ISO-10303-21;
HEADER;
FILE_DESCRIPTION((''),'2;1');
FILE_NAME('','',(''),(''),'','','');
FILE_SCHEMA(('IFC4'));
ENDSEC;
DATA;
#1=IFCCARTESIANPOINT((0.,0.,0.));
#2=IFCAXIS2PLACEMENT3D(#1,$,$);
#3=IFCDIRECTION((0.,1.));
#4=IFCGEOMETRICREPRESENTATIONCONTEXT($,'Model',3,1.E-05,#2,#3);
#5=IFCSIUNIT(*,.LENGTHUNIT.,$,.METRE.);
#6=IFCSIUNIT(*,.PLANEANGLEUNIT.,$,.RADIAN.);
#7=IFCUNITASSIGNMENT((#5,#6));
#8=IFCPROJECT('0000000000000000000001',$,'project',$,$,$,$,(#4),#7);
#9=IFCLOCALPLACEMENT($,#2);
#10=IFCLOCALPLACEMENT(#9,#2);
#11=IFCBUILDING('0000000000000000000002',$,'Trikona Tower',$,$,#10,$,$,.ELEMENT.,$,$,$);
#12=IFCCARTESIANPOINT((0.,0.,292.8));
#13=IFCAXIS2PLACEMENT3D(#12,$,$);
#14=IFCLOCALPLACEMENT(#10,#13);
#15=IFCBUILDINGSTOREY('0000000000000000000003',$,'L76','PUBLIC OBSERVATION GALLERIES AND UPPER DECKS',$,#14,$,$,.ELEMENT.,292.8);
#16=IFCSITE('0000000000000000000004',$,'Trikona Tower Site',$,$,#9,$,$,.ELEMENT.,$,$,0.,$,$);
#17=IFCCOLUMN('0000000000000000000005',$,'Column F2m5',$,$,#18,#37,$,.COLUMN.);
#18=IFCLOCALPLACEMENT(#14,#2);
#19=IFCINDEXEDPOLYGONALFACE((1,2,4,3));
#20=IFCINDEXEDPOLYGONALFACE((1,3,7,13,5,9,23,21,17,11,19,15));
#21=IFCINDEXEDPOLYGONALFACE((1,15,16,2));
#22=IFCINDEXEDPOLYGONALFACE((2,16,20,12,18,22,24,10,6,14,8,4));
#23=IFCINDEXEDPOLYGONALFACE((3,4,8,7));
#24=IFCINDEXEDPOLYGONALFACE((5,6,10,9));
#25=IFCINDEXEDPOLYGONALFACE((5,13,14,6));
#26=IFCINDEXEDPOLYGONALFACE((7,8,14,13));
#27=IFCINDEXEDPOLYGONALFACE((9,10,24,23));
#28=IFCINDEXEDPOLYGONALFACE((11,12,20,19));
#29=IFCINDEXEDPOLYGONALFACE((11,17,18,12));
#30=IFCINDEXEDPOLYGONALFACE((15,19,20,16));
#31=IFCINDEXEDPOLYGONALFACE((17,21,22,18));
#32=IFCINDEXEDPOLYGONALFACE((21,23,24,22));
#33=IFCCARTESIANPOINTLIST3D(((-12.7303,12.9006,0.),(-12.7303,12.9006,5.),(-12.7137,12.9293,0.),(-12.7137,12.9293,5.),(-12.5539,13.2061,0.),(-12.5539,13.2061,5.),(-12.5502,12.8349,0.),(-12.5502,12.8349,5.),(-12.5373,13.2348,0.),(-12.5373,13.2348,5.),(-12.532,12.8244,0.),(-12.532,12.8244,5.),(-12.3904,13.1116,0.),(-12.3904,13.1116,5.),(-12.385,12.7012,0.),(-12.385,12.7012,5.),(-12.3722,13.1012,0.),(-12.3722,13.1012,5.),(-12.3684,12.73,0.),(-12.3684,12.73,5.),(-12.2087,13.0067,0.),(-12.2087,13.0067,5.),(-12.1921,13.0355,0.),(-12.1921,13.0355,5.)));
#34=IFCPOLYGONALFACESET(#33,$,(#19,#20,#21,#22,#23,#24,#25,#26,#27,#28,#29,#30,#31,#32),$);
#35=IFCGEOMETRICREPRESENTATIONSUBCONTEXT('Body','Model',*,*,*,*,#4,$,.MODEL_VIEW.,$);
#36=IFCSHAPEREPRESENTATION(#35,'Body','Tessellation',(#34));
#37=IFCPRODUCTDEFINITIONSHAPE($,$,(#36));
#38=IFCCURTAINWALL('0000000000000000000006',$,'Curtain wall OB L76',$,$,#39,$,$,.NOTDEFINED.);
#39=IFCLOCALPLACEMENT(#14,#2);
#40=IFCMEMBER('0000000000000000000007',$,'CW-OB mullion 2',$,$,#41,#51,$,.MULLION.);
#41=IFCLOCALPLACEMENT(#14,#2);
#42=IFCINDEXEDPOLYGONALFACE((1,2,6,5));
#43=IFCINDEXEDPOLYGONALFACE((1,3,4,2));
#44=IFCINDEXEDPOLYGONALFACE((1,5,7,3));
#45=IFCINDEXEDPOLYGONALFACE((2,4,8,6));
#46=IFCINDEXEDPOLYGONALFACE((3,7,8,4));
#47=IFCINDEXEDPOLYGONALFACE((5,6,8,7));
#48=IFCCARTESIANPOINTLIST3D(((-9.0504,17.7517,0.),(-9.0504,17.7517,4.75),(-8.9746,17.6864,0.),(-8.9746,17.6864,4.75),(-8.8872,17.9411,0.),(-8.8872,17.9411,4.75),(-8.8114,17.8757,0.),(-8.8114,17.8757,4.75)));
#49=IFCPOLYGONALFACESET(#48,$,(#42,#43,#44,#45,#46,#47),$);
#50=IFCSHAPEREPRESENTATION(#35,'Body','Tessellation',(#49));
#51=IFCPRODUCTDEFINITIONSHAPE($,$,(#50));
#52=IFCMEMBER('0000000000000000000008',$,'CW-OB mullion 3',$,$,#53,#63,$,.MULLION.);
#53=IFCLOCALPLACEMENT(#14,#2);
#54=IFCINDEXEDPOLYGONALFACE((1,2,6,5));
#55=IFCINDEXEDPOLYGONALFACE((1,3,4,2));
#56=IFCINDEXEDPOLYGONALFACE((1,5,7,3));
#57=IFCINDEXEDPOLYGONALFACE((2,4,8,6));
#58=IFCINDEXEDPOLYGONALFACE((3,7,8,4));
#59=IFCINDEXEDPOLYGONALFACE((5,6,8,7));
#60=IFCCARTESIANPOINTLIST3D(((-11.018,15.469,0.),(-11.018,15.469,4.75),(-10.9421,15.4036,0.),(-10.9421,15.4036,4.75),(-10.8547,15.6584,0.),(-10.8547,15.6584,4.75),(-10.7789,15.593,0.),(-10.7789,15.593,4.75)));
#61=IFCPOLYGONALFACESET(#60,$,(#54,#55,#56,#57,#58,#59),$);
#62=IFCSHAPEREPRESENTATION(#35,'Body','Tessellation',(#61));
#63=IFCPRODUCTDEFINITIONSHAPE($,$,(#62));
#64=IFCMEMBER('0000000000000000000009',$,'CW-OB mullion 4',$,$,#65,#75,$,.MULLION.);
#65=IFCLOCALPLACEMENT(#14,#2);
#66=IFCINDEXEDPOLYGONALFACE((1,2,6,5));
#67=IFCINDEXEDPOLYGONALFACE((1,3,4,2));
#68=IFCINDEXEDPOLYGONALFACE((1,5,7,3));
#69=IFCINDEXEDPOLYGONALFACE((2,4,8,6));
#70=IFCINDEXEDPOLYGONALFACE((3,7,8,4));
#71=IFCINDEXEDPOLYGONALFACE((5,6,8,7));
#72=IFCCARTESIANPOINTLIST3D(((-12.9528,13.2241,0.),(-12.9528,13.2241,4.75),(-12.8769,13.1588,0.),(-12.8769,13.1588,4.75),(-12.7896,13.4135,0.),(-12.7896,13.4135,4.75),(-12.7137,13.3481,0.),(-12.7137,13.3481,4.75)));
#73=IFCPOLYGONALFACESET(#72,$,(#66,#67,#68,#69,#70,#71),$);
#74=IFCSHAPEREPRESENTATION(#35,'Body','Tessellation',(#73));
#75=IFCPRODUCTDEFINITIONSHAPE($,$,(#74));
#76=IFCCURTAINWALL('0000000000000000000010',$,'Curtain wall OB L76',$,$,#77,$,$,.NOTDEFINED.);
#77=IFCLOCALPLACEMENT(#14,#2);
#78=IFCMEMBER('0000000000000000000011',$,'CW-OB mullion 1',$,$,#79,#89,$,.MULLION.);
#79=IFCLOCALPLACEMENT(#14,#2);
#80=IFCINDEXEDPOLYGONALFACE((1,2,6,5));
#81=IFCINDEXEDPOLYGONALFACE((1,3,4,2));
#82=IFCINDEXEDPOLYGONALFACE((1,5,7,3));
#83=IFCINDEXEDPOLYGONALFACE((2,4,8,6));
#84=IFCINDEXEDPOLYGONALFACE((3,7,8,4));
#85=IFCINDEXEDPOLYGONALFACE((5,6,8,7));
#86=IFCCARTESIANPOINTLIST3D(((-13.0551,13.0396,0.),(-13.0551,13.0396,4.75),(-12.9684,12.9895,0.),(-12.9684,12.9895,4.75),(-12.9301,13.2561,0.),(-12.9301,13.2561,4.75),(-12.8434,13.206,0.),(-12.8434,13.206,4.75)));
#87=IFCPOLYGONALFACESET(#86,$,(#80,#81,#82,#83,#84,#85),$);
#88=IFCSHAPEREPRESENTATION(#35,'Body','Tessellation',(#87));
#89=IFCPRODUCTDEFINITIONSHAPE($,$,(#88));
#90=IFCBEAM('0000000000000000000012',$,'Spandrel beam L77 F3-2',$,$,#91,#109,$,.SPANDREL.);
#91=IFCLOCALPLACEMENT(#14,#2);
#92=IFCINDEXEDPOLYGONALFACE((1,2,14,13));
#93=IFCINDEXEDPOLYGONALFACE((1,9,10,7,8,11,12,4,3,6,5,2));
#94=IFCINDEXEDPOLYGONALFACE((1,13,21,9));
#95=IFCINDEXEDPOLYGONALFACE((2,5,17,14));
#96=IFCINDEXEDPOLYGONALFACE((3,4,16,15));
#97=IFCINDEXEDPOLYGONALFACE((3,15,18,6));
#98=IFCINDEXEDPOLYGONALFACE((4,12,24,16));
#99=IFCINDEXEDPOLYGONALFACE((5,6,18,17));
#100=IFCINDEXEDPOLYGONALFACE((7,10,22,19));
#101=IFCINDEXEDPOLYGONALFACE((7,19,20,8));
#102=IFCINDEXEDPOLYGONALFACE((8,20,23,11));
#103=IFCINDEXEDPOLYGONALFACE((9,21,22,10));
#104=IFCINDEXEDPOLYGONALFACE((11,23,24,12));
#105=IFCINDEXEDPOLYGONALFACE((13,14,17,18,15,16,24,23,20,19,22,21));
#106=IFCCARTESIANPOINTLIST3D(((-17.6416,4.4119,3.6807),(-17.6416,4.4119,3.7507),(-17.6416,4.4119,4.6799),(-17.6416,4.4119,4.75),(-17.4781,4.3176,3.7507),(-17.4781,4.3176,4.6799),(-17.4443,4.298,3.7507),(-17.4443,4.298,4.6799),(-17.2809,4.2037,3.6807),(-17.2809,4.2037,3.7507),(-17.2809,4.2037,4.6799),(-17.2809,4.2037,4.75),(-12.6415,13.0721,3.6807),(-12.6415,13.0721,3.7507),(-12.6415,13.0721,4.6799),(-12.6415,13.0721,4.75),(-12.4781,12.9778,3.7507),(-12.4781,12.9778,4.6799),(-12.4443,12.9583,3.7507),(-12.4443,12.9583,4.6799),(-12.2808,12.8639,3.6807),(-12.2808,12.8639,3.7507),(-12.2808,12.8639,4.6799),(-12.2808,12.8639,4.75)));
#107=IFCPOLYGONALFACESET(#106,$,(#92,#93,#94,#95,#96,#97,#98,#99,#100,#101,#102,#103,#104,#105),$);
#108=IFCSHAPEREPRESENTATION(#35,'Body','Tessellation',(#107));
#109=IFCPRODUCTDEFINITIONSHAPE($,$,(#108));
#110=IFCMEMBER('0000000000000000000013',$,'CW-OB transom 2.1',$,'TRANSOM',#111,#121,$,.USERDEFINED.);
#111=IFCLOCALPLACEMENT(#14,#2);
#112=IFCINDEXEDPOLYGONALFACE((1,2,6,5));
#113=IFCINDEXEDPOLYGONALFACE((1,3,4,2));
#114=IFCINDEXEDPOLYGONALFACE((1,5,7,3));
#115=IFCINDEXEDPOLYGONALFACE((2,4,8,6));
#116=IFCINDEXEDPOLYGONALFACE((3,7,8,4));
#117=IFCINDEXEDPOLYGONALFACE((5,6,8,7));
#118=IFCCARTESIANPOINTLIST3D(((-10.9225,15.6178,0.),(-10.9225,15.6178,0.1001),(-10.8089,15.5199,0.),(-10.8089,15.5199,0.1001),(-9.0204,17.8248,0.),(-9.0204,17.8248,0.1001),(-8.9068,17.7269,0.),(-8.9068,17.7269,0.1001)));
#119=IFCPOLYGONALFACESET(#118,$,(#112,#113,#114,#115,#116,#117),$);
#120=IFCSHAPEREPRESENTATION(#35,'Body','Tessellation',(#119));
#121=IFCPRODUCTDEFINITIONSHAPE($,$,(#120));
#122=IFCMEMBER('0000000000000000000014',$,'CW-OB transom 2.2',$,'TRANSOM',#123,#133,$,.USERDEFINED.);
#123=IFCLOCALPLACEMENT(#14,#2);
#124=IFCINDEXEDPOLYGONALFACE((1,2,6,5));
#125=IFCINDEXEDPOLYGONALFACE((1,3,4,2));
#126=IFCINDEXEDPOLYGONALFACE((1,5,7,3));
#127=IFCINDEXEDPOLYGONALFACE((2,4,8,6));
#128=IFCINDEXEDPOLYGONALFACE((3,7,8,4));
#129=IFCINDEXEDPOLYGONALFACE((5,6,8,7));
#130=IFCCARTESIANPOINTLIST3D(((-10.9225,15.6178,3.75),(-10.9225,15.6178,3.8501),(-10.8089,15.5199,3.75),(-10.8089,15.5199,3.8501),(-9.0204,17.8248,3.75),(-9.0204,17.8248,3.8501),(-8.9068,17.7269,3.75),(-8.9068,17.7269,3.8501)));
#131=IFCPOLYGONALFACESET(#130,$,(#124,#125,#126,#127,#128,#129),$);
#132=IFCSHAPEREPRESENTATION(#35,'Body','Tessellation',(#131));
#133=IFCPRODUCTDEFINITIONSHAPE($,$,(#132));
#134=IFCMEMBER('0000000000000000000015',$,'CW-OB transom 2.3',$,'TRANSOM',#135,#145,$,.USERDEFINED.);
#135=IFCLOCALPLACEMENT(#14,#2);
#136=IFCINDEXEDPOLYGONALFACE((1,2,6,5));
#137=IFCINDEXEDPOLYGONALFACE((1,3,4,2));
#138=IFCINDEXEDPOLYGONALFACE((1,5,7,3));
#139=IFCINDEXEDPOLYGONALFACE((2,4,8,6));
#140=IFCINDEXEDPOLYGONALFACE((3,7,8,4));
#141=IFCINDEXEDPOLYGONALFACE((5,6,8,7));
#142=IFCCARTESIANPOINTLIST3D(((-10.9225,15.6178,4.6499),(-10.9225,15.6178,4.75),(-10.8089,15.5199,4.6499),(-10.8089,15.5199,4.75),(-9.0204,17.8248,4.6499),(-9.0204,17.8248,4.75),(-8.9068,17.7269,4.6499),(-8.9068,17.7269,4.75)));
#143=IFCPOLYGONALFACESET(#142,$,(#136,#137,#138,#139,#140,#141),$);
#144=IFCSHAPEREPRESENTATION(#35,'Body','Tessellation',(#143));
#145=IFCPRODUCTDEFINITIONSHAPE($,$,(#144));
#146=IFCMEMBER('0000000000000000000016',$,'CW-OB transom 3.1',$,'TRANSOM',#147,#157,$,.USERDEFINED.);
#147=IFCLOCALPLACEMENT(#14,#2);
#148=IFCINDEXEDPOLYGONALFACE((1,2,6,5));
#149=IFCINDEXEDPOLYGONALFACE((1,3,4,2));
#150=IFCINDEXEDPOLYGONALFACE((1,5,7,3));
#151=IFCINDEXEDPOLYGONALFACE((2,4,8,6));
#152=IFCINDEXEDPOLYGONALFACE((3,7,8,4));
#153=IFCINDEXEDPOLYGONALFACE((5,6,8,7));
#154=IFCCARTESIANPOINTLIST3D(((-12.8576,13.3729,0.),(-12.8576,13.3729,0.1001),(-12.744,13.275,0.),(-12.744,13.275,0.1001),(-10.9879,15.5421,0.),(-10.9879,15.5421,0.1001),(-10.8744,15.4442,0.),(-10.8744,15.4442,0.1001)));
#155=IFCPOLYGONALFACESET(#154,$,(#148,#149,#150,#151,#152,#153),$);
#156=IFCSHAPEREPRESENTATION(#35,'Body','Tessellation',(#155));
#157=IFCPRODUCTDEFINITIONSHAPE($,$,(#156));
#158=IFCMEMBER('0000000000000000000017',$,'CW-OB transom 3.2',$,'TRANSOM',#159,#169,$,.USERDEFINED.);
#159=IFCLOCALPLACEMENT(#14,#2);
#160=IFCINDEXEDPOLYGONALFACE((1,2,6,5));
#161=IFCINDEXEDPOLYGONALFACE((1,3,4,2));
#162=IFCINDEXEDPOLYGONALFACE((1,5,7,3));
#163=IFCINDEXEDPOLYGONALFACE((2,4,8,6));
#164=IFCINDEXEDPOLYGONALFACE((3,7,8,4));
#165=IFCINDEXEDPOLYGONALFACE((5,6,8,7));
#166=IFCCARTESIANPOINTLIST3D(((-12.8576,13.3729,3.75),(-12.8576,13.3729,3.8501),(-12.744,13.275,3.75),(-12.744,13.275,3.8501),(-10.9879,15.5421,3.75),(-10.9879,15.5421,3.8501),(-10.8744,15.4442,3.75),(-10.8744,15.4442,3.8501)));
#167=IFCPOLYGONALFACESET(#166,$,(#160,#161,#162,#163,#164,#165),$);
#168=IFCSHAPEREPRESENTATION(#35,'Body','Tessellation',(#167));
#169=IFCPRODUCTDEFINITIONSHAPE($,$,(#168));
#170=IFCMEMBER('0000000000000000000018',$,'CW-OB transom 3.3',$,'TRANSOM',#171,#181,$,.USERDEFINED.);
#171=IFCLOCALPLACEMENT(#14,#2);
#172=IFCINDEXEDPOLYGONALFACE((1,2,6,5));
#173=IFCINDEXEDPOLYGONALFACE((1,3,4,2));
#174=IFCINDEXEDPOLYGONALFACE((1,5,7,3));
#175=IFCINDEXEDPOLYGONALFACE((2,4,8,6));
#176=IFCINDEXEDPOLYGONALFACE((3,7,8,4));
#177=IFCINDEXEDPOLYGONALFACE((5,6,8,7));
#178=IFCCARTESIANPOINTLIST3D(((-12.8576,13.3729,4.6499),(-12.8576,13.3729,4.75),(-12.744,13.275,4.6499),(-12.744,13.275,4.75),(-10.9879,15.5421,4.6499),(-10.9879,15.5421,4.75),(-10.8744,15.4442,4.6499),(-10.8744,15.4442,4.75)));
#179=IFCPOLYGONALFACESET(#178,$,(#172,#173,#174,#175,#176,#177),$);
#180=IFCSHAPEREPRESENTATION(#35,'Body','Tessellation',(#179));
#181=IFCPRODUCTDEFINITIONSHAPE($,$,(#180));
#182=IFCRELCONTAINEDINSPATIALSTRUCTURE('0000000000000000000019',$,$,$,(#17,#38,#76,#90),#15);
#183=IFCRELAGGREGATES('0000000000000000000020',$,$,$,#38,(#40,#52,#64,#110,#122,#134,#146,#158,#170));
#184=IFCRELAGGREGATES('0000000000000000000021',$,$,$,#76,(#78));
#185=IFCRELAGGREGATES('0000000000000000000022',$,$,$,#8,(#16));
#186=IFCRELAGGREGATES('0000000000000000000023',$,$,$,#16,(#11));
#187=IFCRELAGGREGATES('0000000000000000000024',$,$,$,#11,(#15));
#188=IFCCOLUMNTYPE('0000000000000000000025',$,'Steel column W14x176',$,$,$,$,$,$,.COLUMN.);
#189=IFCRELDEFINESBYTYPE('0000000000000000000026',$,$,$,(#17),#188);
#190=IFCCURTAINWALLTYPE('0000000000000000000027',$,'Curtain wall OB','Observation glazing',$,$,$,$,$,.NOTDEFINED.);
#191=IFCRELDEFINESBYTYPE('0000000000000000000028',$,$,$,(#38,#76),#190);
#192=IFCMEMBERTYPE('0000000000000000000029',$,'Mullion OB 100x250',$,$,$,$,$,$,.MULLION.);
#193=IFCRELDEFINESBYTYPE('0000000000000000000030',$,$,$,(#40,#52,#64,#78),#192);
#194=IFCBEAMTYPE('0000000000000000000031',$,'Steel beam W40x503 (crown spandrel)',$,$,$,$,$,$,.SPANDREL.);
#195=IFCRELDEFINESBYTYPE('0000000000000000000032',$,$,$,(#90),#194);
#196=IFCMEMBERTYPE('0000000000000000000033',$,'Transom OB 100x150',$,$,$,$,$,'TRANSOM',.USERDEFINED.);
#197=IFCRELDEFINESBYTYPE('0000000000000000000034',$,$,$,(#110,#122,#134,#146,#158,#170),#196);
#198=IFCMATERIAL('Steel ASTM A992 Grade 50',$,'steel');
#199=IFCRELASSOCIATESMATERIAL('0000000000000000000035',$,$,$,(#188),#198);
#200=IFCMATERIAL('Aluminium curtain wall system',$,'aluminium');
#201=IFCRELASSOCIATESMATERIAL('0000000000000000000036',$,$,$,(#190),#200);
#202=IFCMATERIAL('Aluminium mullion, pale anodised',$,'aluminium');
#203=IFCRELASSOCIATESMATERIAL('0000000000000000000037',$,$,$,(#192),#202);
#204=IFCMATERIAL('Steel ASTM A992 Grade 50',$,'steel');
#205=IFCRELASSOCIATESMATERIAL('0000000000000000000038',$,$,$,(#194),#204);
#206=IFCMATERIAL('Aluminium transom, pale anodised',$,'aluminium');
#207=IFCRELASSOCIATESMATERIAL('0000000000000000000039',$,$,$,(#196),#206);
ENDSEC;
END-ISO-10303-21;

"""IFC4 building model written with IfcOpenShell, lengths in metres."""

from ifc_helpers import new_model, si_unit, direction, frame, origin, origin_2d, place, context, subcontext, project, spatial, rectangle, i_section, extrude, material, material_profile, profile_set, type_object, element, aggregate, save


model = new_model("IFC4")

# Units and contexts
model_context = context("Model", 3, precision=1e-05, world=origin(), true_north=direction((0.0, 1.0)))
body_context = subcontext(model_context, "Body", "Model", "MODEL_VIEW")
ifc_project = project(units=[si_unit("LENGTHUNIT", "METRE"), si_unit("PLANEANGLEUNIT", "RADIAN")], contexts=[model_context])

# Site, building, storey
site_placement = place(None, origin())
site = spatial("IfcSite", under=ifc_project, at=site_placement, Name="Trikona Tower Site", CompositionType="ELEMENT", RefElevation=0.0)
building_placement = place(site_placement, origin())
building = spatial("IfcBuilding", under=site, at=building_placement, Name="Trikona Tower", CompositionType="ELEMENT")
storey_placement = place(building_placement, frame((0.0, 0.0, 292.8)))
storey = spatial("IfcBuildingStorey", under=building, at=storey_placement, Name="L76", Description="PUBLIC OBSERVATION GALLERIES AND UPPER DECKS", CompositionType="ELEMENT", Elevation=292.8)

# Column
ifc_material_1 = material(Name="Steel ASTM A992 Grade 50", Category="steel")
ifc_material_profile_1 = material_profile(ifc_material_1, i_section(OverallWidth=0.3987, OverallDepth=0.386, WebThickness=0.021, FlangeThickness=0.0332, at=origin_2d()), Name="W14X176")
ifc_profile_set_1 = profile_set([ifc_material_profile_1], Name="Steel ASTM A992 Grade 50")
column_type = type_object("IfcColumnType", Name="Steel column W14x176", PredefinedType="COLUMN", material=ifc_profile_set_1)
column_placement = place(storey_placement, frame((-12.4612, 12.968, 0.0), z_axis=(0.0, 0.0, 1.0), x_axis=(-0.866025, 0.5, 0.0)))
element("IfcColumn", 1, at=column_placement, inside=storey, type_object=column_type, Name="Column F2m5", PredefinedType="COLUMN", context=body_context, shape_type="SweptSolid", body=[
    extrude(i_section(OverallWidth=0.3987, OverallDepth=0.386, WebThickness=0.021, FlangeThickness=0.0332, at=origin_2d()), origin(), (0.0, 0.0, 1.0), 5.0),
])

# Curtain wall, members
ifc_material_2 = material(Name="Aluminium curtain wall system", Category="aluminium")
curtain_wall_type = type_object("IfcCurtainWallType", Name="Curtain wall OB", Description="Observation glazing", PredefinedType="NOTDEFINED", material=ifc_material_2)
curtain_wall_1_placement = place(storey_placement, origin())
curtain_wall_1 = element("IfcCurtainWall", 2, at=curtain_wall_1_placement, inside=storey, type_object=curtain_wall_type, Name="Curtain wall OB L76", PredefinedType="NOTDEFINED")
ifc_material_3 = material(Name="Aluminium mullion, pale anodised", Category="aluminium")
ifc_material_profile_2 = material_profile(ifc_material_3, rectangle(XDim=0.1001, YDim=0.25, at=origin_2d()), Name="MUL-OB")
ifc_profile_set_2 = profile_set([ifc_material_profile_2], Name="Aluminium mullion, pale anodised")
member_type_1 = type_object("IfcMemberType", Name="Mullion OB 100x250", PredefinedType="MULLION", material=ifc_profile_set_2)
member_1_placement = place(storey_placement, frame((-8.9309, 17.8137, 0.0), z_axis=(0.0, 0.0, 1.0), x_axis=(0.757475, -0.652864, 0.0)))
member_1 = element("IfcMember", 3, at=member_1_placement, type_object=member_type_1, Name="CW-OB mullion 2", PredefinedType="MULLION", context=body_context, shape_type="SweptSolid", body=[
    extrude(rectangle(XDim=0.1001, YDim=0.25, at=origin_2d()), origin(), (0.0, 0.0, 1.0), 4.75),
])
member_2_placement = place(storey_placement, frame((-10.8984, 15.531, 0.0), z_axis=(0.0, 0.0, 1.0), x_axis=(0.757475, -0.652864, 0.0)))
member_2 = element("IfcMember", 4, at=member_2_placement, type_object=member_type_1, Name="CW-OB mullion 3", PredefinedType="MULLION", context=body_context, shape_type="SweptSolid", body=[
    extrude(rectangle(XDim=0.1001, YDim=0.25, at=origin_2d()), origin(), (0.0, 0.0, 1.0), 4.75),
])
member_3_placement = place(storey_placement, frame((-12.8333, 13.2861, 0.0), z_axis=(0.0, 0.0, 1.0), x_axis=(0.757475, -0.652864, 0.0)))
member_3 = element("IfcMember", 5, at=member_3_placement, type_object=member_type_1, Name="CW-OB mullion 4", PredefinedType="MULLION", context=body_context, shape_type="SweptSolid", body=[
    extrude(rectangle(XDim=0.1001, YDim=0.25, at=origin_2d()), origin(), (0.0, 0.0, 1.0), 4.75),
])

# Curtain wall, member
curtain_wall_2_placement = place(storey_placement, origin())
curtain_wall_2 = element("IfcCurtainWall", 6, at=curtain_wall_2_placement, inside=storey, type_object=curtain_wall_type, Name="Curtain wall OB L76", PredefinedType="NOTDEFINED")
member_4_placement = place(storey_placement, frame((-12.9492, 13.1228, 0.0), z_axis=(0.0, 0.0, 1.0), x_axis=(0.866022, -0.500006, 0.0)))
member_4 = element("IfcMember", 7, at=member_4_placement, type_object=member_type_1, Name="CW-OB mullion 1", PredefinedType="MULLION", context=body_context, shape_type="SweptSolid", body=[
    extrude(rectangle(XDim=0.1001, YDim=0.25, at=origin_2d()), origin(), (0.0, 0.0, 1.0), 4.75),
])

# Beam
ifc_material_4 = material(Name="Steel ASTM A992 Grade 50", Category="steel")
ifc_material_profile_3 = material_profile(ifc_material_4, i_section(OverallWidth=0.4165, OverallDepth=1.0693, WebThickness=0.0391, FlangeThickness=0.0701, at=origin_2d()), Name="W40X503")
ifc_profile_set_3 = profile_set([ifc_material_profile_3], Name="Steel ASTM A992 Grade 50")
beam_type = type_object("IfcBeamType", Name="Steel beam W40x503 (crown spandrel)", PredefinedType="SPANDREL", material=ifc_profile_set_3)
beam_placement = place(storey_placement, frame((-12.4612, 12.968, 4.2153), z_axis=(-0.500004, -0.866023, 0.0), x_axis=(0.866023, -0.500004, 0.0)))
element("IfcBeam", 8, at=beam_placement, inside=storey, type_object=beam_type, Name="Spandrel beam L77 F3-2", PredefinedType="SPANDREL", context=body_context, shape_type="SweptSolid", body=[
    extrude(i_section(OverallWidth=0.4165, OverallDepth=1.0693, WebThickness=0.0391, FlangeThickness=0.0701, at=origin_2d()), origin(), (0.0, 0.0, 1.0), 10.0),
])

# Members
ifc_material_5 = material(Name="Aluminium transom, pale anodised", Category="aluminium")
ifc_material_profile_4 = material_profile(ifc_material_5, rectangle(XDim=0.1499, YDim=0.1001, at=origin_2d()), Name="TRN-OB")
ifc_profile_set_4 = profile_set([ifc_material_profile_4], Name="Aluminium transom, pale anodised")
member_type_2 = type_object("IfcMemberType", Name="Transom OB 100x150", ElementType="TRANSOM", PredefinedType="USERDEFINED", material=ifc_profile_set_4)
member_5_placement = place(storey_placement, frame((-8.9636, 17.7759, 0.05), z_axis=(-0.652839, -0.757497, 0.0), x_axis=(0.757497, -0.652839, 0.0)))
member_5 = element("IfcMember", 9, at=member_5_placement, type_object=member_type_2, Name="CW-OB transom 2.1", ObjectType="TRANSOM", PredefinedType="USERDEFINED", context=body_context, shape_type="SweptSolid", body=[
    extrude(rectangle(XDim=0.1499, YDim=0.1001, at=origin_2d()), origin(), (0.0, 0.0, 1.0), 2.9136),
])
member_6_placement = place(storey_placement, frame((-8.9636, 17.7759, 3.8), z_axis=(-0.652839, -0.757497, 0.0), x_axis=(0.757497, -0.652839, 0.0)))
member_6 = element("IfcMember", 10, at=member_6_placement, type_object=member_type_2, Name="CW-OB transom 2.2", ObjectType="TRANSOM", PredefinedType="USERDEFINED", context=body_context, shape_type="SweptSolid", body=[
    extrude(rectangle(XDim=0.1499, YDim=0.1001, at=origin_2d()), origin(), (0.0, 0.0, 1.0), 2.9136),
])
member_7_placement = place(storey_placement, frame((-8.9636, 17.7759, 4.7), z_axis=(-0.652839, -0.757497, 0.0), x_axis=(0.757497, -0.652839, 0.0)))
member_7 = element("IfcMember", 11, at=member_7_placement, type_object=member_type_2, Name="CW-OB transom 2.3", ObjectType="TRANSOM", PredefinedType="USERDEFINED", context=body_context, shape_type="SweptSolid", body=[
    extrude(rectangle(XDim=0.1499, YDim=0.1001, at=origin_2d()), origin(), (0.0, 0.0, 1.0), 2.9136),
])
member_8_placement = place(storey_placement, frame((-10.9312, 15.4932, 0.05), z_axis=(-0.652867, -0.757472, 0.0), x_axis=(0.757472, -0.652867, 0.0)))
member_8 = element("IfcMember", 12, at=member_8_placement, type_object=member_type_2, Name="CW-OB transom 3.1", ObjectType="TRANSOM", PredefinedType="USERDEFINED", context=body_context, shape_type="SweptSolid", body=[
    extrude(rectangle(XDim=0.1499, YDim=0.1001, at=origin_2d()), origin(), (0.0, 0.0, 1.0), 2.8638),
])
member_9_placement = place(storey_placement, frame((-10.9312, 15.4932, 3.8), z_axis=(-0.652867, -0.757472, 0.0), x_axis=(0.757472, -0.652867, 0.0)))
member_9 = element("IfcMember", 13, at=member_9_placement, type_object=member_type_2, Name="CW-OB transom 3.2", ObjectType="TRANSOM", PredefinedType="USERDEFINED", context=body_context, shape_type="SweptSolid", body=[
    extrude(rectangle(XDim=0.1499, YDim=0.1001, at=origin_2d()), origin(), (0.0, 0.0, 1.0), 2.8638),
])
member_10_placement = place(storey_placement, frame((-10.9312, 15.4932, 4.7), z_axis=(-0.652867, -0.757472, 0.0), x_axis=(0.757472, -0.652867, 0.0)))
member_10 = element("IfcMember", 14, at=member_10_placement, type_object=member_type_2, Name="CW-OB transom 3.3", ObjectType="TRANSOM", PredefinedType="USERDEFINED", context=body_context, shape_type="SweptSolid", body=[
    extrude(rectangle(XDim=0.1499, YDim=0.1001, at=origin_2d()), origin(), (0.0, 0.0, 1.0), 2.8638),
])

aggregate(curtain_wall_1, [member_1, member_2, member_3, member_5, member_6, member_7, member_8, member_9, member_10])
aggregate(curtain_wall_2, [member_4])

save(model, "model.ifc")
